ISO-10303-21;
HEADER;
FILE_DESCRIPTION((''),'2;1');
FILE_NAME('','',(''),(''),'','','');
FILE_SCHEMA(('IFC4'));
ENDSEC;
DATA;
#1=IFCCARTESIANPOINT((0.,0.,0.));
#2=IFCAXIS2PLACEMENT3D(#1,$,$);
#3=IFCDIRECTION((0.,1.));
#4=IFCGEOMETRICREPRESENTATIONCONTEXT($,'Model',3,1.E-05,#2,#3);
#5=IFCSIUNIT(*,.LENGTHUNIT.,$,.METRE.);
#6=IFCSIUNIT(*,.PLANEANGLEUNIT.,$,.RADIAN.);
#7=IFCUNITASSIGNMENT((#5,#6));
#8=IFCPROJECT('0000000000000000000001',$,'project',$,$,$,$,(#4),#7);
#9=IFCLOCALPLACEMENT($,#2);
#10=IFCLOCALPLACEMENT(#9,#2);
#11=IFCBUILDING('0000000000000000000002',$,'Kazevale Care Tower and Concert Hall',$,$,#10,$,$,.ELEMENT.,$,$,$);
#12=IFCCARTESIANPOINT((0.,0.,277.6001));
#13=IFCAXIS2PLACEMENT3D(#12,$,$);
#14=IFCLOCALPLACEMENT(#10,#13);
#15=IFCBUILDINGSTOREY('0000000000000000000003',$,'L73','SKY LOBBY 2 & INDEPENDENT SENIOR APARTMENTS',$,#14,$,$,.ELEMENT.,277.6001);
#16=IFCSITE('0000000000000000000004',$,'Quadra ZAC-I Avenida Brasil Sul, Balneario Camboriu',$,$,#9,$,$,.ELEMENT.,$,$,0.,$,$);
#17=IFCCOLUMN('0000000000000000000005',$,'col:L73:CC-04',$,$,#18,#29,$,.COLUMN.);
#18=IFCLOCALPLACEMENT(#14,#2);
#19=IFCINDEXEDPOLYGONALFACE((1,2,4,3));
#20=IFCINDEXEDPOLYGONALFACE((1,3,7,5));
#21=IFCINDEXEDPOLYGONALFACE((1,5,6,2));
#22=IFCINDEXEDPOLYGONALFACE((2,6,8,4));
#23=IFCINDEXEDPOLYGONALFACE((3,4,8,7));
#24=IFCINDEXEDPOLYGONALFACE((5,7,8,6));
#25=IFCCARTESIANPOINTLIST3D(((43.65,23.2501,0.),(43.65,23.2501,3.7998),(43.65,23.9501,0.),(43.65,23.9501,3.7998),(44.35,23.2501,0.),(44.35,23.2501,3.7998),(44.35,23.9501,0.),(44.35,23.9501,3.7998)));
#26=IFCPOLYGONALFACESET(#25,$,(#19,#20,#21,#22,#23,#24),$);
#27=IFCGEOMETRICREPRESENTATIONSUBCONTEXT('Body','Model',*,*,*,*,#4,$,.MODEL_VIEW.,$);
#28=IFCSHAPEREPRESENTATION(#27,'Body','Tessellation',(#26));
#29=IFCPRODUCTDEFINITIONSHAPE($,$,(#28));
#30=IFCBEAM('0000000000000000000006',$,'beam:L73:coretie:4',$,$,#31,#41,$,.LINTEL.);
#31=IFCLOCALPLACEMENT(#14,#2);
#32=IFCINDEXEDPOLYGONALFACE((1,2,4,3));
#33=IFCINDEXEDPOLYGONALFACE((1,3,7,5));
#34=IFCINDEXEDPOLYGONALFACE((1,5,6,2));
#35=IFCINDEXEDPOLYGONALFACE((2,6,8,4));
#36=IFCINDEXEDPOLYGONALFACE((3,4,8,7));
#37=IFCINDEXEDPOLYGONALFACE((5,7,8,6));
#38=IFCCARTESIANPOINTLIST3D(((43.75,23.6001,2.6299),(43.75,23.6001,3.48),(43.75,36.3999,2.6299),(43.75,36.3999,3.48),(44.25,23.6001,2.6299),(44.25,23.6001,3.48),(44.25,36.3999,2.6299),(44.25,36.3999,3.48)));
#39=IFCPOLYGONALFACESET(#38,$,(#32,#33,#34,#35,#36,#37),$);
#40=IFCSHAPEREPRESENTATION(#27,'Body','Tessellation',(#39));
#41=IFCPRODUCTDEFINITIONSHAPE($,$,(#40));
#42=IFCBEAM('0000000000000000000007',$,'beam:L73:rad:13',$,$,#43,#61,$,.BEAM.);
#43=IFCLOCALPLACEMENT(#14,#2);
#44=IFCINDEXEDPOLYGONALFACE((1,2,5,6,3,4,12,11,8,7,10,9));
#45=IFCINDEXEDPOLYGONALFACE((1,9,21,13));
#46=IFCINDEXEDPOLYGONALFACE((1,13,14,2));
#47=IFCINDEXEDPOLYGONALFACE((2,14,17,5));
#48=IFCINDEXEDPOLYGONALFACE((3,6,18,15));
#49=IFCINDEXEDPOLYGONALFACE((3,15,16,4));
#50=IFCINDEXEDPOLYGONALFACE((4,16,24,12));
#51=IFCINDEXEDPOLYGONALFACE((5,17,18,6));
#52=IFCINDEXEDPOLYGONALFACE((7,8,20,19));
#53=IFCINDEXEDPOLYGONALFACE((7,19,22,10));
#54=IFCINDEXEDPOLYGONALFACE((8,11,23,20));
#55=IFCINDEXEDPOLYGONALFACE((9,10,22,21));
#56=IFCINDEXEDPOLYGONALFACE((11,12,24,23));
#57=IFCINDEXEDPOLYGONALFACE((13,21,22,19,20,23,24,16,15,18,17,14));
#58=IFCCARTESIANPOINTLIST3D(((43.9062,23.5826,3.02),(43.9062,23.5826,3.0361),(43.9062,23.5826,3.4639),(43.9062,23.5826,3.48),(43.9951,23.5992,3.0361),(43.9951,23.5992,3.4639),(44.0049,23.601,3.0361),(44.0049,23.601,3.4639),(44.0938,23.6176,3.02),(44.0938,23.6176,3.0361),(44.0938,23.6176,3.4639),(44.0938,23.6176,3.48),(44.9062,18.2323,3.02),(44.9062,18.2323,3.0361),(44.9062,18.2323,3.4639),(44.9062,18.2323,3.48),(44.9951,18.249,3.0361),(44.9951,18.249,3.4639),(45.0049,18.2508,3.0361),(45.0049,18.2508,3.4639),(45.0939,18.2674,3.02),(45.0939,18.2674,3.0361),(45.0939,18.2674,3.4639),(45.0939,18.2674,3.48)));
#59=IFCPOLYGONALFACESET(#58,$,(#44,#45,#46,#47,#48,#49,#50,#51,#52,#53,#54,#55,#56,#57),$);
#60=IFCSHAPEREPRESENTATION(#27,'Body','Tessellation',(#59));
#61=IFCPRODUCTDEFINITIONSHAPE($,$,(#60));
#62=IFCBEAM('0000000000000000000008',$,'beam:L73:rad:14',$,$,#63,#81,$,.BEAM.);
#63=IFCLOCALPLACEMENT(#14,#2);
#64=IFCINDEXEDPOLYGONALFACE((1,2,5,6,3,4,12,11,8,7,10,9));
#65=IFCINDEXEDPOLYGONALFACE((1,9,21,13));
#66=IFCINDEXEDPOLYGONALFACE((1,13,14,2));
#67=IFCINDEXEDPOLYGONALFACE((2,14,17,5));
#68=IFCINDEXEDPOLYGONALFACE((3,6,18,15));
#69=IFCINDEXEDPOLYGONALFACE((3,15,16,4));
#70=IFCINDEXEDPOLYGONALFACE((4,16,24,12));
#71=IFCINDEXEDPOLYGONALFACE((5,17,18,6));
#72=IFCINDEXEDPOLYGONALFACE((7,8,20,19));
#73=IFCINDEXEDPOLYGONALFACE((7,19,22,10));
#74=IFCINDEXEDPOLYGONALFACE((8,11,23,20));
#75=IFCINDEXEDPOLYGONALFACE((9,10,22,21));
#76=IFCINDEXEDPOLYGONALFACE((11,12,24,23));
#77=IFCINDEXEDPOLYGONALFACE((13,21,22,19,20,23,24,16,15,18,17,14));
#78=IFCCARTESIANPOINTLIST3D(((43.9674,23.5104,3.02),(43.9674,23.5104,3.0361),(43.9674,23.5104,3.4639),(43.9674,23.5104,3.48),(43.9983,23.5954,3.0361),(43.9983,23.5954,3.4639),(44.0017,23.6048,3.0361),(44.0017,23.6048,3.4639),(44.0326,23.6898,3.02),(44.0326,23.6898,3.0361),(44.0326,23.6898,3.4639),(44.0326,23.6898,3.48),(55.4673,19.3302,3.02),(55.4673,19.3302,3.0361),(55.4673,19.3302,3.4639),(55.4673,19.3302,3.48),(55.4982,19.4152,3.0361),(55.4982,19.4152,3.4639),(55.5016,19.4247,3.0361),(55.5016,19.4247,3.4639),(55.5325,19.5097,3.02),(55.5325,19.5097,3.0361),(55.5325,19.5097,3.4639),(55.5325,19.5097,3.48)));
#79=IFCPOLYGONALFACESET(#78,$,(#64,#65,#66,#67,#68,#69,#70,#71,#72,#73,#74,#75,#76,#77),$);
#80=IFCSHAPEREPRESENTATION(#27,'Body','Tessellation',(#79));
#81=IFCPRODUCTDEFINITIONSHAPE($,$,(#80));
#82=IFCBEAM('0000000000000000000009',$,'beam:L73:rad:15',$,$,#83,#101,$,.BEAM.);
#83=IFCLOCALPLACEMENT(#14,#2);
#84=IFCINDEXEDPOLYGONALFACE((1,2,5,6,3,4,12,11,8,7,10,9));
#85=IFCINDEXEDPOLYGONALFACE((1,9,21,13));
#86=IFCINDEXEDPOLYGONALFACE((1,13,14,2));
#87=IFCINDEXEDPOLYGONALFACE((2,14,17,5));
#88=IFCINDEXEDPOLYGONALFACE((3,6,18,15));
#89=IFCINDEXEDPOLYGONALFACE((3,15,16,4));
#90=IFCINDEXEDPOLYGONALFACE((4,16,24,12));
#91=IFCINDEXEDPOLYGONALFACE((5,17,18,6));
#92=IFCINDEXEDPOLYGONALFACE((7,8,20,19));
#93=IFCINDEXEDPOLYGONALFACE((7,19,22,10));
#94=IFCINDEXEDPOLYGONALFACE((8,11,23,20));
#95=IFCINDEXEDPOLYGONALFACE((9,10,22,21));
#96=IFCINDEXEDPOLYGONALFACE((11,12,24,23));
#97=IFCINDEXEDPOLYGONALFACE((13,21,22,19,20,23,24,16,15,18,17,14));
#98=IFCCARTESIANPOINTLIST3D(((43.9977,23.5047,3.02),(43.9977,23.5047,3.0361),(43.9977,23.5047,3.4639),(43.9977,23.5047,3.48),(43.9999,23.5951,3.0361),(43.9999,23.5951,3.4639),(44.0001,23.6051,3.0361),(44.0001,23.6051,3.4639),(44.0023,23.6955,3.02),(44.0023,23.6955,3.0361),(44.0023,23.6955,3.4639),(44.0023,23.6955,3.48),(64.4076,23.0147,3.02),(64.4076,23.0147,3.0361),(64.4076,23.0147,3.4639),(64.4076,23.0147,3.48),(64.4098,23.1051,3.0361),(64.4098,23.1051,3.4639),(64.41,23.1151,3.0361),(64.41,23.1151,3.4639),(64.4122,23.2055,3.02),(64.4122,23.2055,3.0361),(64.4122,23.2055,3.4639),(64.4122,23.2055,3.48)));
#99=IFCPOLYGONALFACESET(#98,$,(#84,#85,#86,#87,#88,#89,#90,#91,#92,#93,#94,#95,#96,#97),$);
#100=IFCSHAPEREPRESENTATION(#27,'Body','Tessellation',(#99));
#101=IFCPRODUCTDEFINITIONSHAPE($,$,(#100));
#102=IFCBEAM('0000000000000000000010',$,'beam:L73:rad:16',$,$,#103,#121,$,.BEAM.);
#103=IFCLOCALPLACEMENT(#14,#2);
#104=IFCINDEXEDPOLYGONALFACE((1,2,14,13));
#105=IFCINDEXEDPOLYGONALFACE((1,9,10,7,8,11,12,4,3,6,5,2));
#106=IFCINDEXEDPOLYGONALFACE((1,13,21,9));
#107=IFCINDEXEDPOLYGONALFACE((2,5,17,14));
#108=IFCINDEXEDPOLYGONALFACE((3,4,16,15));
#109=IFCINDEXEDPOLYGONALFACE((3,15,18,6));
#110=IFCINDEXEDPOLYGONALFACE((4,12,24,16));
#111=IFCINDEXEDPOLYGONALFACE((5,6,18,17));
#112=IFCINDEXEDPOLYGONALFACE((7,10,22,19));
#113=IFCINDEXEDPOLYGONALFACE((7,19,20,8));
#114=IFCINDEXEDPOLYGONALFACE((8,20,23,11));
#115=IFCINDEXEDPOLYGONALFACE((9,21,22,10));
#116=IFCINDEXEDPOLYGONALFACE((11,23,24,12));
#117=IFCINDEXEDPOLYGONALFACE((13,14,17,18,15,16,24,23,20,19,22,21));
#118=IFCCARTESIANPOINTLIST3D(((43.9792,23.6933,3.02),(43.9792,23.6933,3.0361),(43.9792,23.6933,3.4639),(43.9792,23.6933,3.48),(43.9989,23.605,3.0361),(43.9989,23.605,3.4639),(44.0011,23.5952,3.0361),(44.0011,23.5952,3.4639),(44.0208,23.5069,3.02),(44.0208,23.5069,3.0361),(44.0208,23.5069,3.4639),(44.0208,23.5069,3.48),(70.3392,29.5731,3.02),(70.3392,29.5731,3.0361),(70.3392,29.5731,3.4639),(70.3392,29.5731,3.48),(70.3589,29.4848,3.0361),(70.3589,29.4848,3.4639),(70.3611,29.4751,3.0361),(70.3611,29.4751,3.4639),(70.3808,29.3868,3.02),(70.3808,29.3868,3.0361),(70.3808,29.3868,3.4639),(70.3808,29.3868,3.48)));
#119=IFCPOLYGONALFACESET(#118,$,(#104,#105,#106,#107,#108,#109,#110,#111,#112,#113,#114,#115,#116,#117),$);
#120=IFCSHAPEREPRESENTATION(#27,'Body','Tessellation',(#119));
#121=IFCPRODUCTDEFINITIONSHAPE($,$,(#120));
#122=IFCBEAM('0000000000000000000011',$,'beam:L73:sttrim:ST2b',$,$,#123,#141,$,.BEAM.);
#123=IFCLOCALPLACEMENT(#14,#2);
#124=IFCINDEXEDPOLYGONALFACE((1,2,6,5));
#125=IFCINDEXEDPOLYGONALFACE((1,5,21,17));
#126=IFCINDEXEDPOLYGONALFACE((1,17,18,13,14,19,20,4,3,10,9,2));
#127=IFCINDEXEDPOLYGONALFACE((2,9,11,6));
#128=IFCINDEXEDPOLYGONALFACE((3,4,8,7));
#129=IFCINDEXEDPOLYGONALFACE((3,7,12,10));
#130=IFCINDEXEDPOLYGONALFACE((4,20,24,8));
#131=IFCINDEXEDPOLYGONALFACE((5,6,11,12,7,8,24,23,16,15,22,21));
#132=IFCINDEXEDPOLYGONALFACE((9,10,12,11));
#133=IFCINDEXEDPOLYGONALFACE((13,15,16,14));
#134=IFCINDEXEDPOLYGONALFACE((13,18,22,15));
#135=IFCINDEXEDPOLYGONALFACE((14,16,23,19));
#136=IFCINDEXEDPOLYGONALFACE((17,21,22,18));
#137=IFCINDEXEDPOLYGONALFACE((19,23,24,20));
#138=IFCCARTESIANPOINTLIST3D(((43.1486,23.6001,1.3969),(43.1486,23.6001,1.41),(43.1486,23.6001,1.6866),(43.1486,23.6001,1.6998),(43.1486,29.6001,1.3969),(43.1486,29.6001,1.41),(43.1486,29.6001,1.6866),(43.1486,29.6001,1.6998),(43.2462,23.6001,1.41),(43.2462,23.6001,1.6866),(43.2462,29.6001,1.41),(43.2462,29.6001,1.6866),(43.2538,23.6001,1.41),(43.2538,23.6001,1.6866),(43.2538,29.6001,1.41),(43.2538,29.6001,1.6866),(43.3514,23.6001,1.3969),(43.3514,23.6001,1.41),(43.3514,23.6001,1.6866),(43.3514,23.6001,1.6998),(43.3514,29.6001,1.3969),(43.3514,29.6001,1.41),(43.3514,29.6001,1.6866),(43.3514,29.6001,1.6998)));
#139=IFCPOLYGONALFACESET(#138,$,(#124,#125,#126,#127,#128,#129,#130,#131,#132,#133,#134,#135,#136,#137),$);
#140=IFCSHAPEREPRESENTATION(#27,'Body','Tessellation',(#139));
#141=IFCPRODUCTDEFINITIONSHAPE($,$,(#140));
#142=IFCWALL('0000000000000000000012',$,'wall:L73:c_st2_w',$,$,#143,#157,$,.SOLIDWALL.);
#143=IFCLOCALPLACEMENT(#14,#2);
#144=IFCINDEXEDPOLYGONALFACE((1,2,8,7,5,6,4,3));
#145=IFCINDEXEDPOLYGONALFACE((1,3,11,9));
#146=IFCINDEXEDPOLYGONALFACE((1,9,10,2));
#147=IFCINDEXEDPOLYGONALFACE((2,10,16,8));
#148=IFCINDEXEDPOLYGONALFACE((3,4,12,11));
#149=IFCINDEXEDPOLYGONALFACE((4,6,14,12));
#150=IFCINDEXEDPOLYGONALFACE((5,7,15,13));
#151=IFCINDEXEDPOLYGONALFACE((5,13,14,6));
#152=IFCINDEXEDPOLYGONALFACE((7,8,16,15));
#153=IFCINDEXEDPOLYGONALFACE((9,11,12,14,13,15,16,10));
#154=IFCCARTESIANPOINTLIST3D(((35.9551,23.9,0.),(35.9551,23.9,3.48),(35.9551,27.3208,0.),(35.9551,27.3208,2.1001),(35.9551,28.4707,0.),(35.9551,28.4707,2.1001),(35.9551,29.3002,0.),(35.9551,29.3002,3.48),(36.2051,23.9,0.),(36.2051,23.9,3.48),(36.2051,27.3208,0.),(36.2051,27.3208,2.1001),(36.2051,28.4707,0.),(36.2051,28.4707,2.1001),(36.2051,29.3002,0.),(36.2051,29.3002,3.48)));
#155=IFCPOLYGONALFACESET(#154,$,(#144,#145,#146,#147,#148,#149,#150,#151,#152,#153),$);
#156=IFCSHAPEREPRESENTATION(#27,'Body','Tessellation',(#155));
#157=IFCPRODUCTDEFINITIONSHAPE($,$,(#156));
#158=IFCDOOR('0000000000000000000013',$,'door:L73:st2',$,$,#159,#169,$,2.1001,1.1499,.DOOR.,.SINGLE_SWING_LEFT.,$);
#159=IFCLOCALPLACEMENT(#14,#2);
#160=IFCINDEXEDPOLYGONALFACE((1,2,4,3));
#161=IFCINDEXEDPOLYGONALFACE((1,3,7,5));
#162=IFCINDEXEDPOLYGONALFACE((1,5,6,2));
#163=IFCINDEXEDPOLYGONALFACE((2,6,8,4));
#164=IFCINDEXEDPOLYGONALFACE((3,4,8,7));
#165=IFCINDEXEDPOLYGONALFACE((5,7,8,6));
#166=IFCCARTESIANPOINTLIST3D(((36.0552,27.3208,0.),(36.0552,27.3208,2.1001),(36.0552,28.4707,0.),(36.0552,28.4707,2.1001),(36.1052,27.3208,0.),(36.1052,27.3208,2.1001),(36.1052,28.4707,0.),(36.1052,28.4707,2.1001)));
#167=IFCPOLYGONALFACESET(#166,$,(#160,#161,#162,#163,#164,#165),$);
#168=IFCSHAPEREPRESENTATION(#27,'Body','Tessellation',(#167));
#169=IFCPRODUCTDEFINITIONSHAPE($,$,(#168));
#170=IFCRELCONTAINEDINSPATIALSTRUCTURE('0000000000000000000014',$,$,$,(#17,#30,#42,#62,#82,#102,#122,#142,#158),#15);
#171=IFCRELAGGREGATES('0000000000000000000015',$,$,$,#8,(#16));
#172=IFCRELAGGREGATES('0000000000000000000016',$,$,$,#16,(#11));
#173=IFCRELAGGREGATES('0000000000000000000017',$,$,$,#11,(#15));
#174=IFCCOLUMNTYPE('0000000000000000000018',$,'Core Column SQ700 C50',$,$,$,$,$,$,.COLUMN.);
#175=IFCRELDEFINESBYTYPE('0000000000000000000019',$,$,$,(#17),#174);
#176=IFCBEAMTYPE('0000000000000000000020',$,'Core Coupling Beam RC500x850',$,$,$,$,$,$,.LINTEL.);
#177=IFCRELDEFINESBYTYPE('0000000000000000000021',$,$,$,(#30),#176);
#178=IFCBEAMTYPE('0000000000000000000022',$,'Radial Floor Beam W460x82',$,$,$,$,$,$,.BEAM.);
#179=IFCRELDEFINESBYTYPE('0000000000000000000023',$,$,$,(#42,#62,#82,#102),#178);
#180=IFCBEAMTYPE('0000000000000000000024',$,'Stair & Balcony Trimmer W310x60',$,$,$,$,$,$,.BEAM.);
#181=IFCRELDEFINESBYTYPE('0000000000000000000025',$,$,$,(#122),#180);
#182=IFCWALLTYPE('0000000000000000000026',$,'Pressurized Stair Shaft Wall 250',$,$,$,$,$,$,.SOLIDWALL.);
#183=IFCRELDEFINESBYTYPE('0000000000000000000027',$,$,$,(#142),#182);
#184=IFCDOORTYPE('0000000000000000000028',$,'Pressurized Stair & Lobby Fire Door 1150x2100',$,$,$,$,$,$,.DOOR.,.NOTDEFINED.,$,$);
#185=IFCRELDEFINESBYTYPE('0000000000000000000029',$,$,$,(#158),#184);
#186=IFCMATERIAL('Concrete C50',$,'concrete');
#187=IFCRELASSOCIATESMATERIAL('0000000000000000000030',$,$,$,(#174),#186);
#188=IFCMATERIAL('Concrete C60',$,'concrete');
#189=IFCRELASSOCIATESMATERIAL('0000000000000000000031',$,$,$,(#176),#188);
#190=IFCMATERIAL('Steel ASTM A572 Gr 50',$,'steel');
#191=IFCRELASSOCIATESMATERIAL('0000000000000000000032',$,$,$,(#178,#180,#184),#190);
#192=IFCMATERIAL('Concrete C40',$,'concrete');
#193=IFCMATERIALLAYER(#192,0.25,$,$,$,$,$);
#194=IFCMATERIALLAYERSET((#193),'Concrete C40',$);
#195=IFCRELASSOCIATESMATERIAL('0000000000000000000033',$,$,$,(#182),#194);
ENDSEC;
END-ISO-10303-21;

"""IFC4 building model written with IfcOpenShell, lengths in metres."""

from ifc_helpers import new_model, si_unit, direction, frame, frame_2d, origin, origin_2d, place, context, subcontext, project, spatial, rectangle, i_section, extrude, material, layer, layer_set, material_profile, profile_set, type_object, element, fill, save


model = new_model("IFC4")

# Units and contexts
model_context = context("Model", 3, precision=1e-05, world=origin(), true_north=direction((0.0, 1.0)))
body_context = subcontext(model_context, "Body", "Model", "MODEL_VIEW")
ifc_project = project(units=[si_unit("LENGTHUNIT", "METRE"), si_unit("PLANEANGLEUNIT", "RADIAN")], contexts=[model_context])

# Site, building, storey
site_placement = place(None, origin())
site = spatial("IfcSite", under=ifc_project, at=site_placement, Name="Quadra ZAC-I Avenida Brasil Sul, Balneario Camboriu", CompositionType="ELEMENT", RefElevation=0.0)
building_placement = place(site_placement, origin())
building = spatial("IfcBuilding", under=site, at=building_placement, Name="Kazevale Care Tower and Concert Hall", CompositionType="ELEMENT")
storey_placement = place(building_placement, frame((0.0, 0.0, 277.6001)))
storey = spatial("IfcBuildingStorey", under=building, at=storey_placement, Name="L73", Description="SKY LOBBY 2 & INDEPENDENT SENIOR APARTMENTS", CompositionType="ELEMENT", Elevation=277.6001)

# Column
ifc_material_1 = material(Name="Concrete C50", Category="concrete")
ifc_material_profile_1 = material_profile(ifc_material_1, rectangle(XDim=0.7, YDim=0.7, at=origin_2d()), Name="RC-SQ700")
ifc_profile_set_1 = profile_set([ifc_material_profile_1], Name="Concrete C50")
column_type = type_object("IfcColumnType", Name="Core Column SQ700 C50", PredefinedType="COLUMN", material=ifc_profile_set_1)
column_placement = place(storey_placement, frame((44.0, 23.6001, 0.0), z_axis=(0.0, 0.0, 1.0), x_axis=(1.0, 0.0, 0.0)))
element("IfcColumn", 1, at=column_placement, inside=storey, type_object=column_type, Name="col:L73:CC-04", PredefinedType="COLUMN", context=body_context, shape_type="SweptSolid", body=[
    extrude(rectangle(XDim=0.7, YDim=0.7, at=origin_2d()), origin(), (0.0, 0.0, 1.0), 3.7998),
])

# Beams
ifc_material_2 = material(Name="Concrete C60", Category="concrete")
ifc_material_profile_2 = material_profile(ifc_material_2, rectangle(XDim=0.5, YDim=0.8501, at=origin_2d()), Name="RC-B500x850")
ifc_profile_set_2 = profile_set([ifc_material_profile_2], Name="Concrete C60")
beam_type_1 = type_object("IfcBeamType", Name="Core Coupling Beam RC500x850", PredefinedType="LINTEL", material=ifc_profile_set_2)
beam_1_placement = place(storey_placement, frame((44.0, 23.6001, 3.0549), z_axis=(0.0, 1.0, 0.0), x_axis=(-1.0, 0.0, 0.0)))
element("IfcBeam", 2, at=beam_1_placement, inside=storey, type_object=beam_type_1, Name="beam:L73:coretie:4", PredefinedType="LINTEL", context=body_context, shape_type="SweptSolid", body=[
    extrude(rectangle(XDim=0.5, YDim=0.8501, at=origin_2d()), origin(), (0.0, 0.0, 1.0), 12.7998),
])
ifc_material_3 = material(Name="Steel ASTM A572 Gr 50", Category="steel")
ifc_material_profile_3 = material_profile(ifc_material_3, i_section(OverallWidth=0.1909, OverallDepth=0.46, WebThickness=0.01, FlangeThickness=0.0161, at=origin_2d()), Name="W460x82")
ifc_profile_set_3 = profile_set([ifc_material_profile_3], Name="Steel ASTM A572 Gr 50")
beam_type_2 = type_object("IfcBeamType", Name="Radial Floor Beam W460x82", PredefinedType="BEAM", material=ifc_profile_set_3)
beam_2_placement = place(storey_placement, frame((44.0, 23.6001, 3.25), z_axis=(0.183731, -0.982977, 0.0), x_axis=(0.982977, 0.183731, 0.0)))
element("IfcBeam", 3, at=beam_2_placement, inside=storey, type_object=beam_type_2, Name="beam:L73:rad:13", PredefinedType="BEAM", context=body_context, shape_type="SweptSolid", body=[
    extrude(i_section(OverallWidth=0.1909, OverallDepth=0.46, WebThickness=0.01, FlangeThickness=0.0161, at=origin_2d()), origin(), (0.0, 0.0, 1.0), 5.4429),
])
beam_3_placement = place(storey_placement, frame((44.0, 23.6001, 3.25), z_axis=(0.939837, -0.341625, 0.0), x_axis=(0.341625, 0.939837, 0.0)))
element("IfcBeam", 4, at=beam_3_placement, inside=storey, type_object=beam_type_2, Name="beam:L73:rad:14", PredefinedType="BEAM", context=body_context, shape_type="SweptSolid", body=[
    extrude(i_section(OverallWidth=0.1909, OverallDepth=0.46, WebThickness=0.01, FlangeThickness=0.0161, at=origin_2d()), origin(), (0.0, 0.0, 1.0), 12.2361),
])
beam_4_placement = place(storey_placement, frame((44.0, 23.6001, 3.25), z_axis=(0.999712, -0.024001, 0.0), x_axis=(0.024001, 0.999712, 0.0)))
element("IfcBeam", 5, at=beam_4_placement, inside=storey, type_object=beam_type_2, Name="beam:L73:rad:15", PredefinedType="BEAM", context=body_context, shape_type="SweptSolid", body=[
    extrude(i_section(OverallWidth=0.1909, OverallDepth=0.46, WebThickness=0.01, FlangeThickness=0.0161, at=origin_2d()), origin(), (0.0, 0.0, 1.0), 20.4158),
])
beam_5_placement = place(storey_placement, frame((44.0, 23.6001, 3.25), z_axis=(0.976014, 0.217709, 0.0), x_axis=(-0.217709, 0.976014, 0.0)))
element("IfcBeam", 6, at=beam_5_placement, inside=storey, type_object=beam_type_2, Name="beam:L73:rad:16", PredefinedType="BEAM", context=body_context, shape_type="SweptSolid", body=[
    extrude(i_section(OverallWidth=0.1909, OverallDepth=0.46, WebThickness=0.01, FlangeThickness=0.0161, at=origin_2d()), origin(), (0.0, 0.0, 1.0), 27.0078),
])
ifc_material_profile_4 = material_profile(ifc_material_3, i_section(OverallWidth=0.2029, OverallDepth=0.303, WebThickness=0.0076, FlangeThickness=0.0132, at=origin_2d()), Name="W310x60")
ifc_profile_set_4 = profile_set([ifc_material_profile_4], Name="Steel ASTM A572 Gr 50")
beam_type_3 = type_object("IfcBeamType", Name="Stair & Balcony Trimmer W310x60", PredefinedType="BEAM", material=ifc_profile_set_4)
beam_6_placement = place(storey_placement, frame((43.25, 23.6001, 1.5483), z_axis=(0.0, 1.0, 0.0), x_axis=(-1.0, 0.0, 0.0)))
element("IfcBeam", 7, at=beam_6_placement, inside=storey, type_object=beam_type_3, Name="beam:L73:sttrim:ST2b", PredefinedType="BEAM", context=body_context, shape_type="SweptSolid", body=[
    extrude(i_section(OverallWidth=0.2029, OverallDepth=0.303, WebThickness=0.0076, FlangeThickness=0.0132, at=origin_2d()), origin(), (0.0, 0.0, 1.0), 6.0),
])

# Wall, opening, door
ifc_material_4 = material(Name="Concrete C40", Category="concrete")
ifc_layer_1 = layer(ifc_material_4, 0.25)
ifc_layer_set_1 = layer_set([ifc_layer_1], Name="Concrete C40")
wall_type_1 = type_object("IfcWallType", Name="Pressurized Stair Shaft Wall 250", PredefinedType="SOLIDWALL", material=ifc_layer_set_1)
wall_1_placement = place(storey_placement, frame((36.0801, 23.8999, 0.0), z_axis=(0.0, 0.0, 1.0), x_axis=(0.0, 1.0, 0.0)))
wall_1 = element("IfcWall", 8, at=wall_1_placement, inside=storey, type_object=wall_type_1, Name="wall:L73:c_st2_w", PredefinedType="SOLIDWALL", context=body_context, shape_type="SweptSolid", body=[
    extrude(rectangle(XDim=5.4001, YDim=0.25, at=frame_2d((2.7002, 0.0))), origin(), (0.0, 0.0, 1.0), 3.48),
])
opening_1_placement = place(wall_1_placement, frame((3.4209, 0.0, 0.0)))
opening_1 = element("IfcOpeningElement", 9, at=opening_1_placement, cuts=wall_1, PredefinedType="OPENING", context=body_context, shape_type="SweptSolid", body=[
    extrude(rectangle(XDim=1.1499, YDim=2.1001, at=frame_2d((0.575, 1.05))), frame((0.0, 0.135, 0.0), z_axis=(0.0, -1.0, 0.0), x_axis=(1.0, 0.0, 0.0)), (0.0, 0.0, 1.0), 0.27),
])
door_type_1 = type_object("IfcDoorType", Name="Pressurized Stair & Lobby Fire Door 1150x2100", OperationType="NOTDEFINED", PredefinedType="DOOR", material=ifc_material_3)
door_1_placement = place(opening_1_placement, origin())
door_1 = element("IfcDoor", 10, at=door_1_placement, inside=storey, type_object=door_type_1, Name="door:L73:st2", OperationType="SINGLE_SWING_LEFT", OverallHeight=2.1001, OverallWidth=1.1499, PredefinedType="DOOR", context=body_context, shape_type="SweptSolid", body=[
    extrude(rectangle(XDim=1.1499, YDim=2.1001, at=frame_2d((0.575, 1.05))), frame((0.0, 0.0249, 0.0), z_axis=(0.0, -1.0, 0.0), x_axis=(1.0, 0.0, 0.0)), (0.0, 0.0, 1.0), 0.05),
])
fill(opening_1, door_1)

save(model, "model.ifc")
